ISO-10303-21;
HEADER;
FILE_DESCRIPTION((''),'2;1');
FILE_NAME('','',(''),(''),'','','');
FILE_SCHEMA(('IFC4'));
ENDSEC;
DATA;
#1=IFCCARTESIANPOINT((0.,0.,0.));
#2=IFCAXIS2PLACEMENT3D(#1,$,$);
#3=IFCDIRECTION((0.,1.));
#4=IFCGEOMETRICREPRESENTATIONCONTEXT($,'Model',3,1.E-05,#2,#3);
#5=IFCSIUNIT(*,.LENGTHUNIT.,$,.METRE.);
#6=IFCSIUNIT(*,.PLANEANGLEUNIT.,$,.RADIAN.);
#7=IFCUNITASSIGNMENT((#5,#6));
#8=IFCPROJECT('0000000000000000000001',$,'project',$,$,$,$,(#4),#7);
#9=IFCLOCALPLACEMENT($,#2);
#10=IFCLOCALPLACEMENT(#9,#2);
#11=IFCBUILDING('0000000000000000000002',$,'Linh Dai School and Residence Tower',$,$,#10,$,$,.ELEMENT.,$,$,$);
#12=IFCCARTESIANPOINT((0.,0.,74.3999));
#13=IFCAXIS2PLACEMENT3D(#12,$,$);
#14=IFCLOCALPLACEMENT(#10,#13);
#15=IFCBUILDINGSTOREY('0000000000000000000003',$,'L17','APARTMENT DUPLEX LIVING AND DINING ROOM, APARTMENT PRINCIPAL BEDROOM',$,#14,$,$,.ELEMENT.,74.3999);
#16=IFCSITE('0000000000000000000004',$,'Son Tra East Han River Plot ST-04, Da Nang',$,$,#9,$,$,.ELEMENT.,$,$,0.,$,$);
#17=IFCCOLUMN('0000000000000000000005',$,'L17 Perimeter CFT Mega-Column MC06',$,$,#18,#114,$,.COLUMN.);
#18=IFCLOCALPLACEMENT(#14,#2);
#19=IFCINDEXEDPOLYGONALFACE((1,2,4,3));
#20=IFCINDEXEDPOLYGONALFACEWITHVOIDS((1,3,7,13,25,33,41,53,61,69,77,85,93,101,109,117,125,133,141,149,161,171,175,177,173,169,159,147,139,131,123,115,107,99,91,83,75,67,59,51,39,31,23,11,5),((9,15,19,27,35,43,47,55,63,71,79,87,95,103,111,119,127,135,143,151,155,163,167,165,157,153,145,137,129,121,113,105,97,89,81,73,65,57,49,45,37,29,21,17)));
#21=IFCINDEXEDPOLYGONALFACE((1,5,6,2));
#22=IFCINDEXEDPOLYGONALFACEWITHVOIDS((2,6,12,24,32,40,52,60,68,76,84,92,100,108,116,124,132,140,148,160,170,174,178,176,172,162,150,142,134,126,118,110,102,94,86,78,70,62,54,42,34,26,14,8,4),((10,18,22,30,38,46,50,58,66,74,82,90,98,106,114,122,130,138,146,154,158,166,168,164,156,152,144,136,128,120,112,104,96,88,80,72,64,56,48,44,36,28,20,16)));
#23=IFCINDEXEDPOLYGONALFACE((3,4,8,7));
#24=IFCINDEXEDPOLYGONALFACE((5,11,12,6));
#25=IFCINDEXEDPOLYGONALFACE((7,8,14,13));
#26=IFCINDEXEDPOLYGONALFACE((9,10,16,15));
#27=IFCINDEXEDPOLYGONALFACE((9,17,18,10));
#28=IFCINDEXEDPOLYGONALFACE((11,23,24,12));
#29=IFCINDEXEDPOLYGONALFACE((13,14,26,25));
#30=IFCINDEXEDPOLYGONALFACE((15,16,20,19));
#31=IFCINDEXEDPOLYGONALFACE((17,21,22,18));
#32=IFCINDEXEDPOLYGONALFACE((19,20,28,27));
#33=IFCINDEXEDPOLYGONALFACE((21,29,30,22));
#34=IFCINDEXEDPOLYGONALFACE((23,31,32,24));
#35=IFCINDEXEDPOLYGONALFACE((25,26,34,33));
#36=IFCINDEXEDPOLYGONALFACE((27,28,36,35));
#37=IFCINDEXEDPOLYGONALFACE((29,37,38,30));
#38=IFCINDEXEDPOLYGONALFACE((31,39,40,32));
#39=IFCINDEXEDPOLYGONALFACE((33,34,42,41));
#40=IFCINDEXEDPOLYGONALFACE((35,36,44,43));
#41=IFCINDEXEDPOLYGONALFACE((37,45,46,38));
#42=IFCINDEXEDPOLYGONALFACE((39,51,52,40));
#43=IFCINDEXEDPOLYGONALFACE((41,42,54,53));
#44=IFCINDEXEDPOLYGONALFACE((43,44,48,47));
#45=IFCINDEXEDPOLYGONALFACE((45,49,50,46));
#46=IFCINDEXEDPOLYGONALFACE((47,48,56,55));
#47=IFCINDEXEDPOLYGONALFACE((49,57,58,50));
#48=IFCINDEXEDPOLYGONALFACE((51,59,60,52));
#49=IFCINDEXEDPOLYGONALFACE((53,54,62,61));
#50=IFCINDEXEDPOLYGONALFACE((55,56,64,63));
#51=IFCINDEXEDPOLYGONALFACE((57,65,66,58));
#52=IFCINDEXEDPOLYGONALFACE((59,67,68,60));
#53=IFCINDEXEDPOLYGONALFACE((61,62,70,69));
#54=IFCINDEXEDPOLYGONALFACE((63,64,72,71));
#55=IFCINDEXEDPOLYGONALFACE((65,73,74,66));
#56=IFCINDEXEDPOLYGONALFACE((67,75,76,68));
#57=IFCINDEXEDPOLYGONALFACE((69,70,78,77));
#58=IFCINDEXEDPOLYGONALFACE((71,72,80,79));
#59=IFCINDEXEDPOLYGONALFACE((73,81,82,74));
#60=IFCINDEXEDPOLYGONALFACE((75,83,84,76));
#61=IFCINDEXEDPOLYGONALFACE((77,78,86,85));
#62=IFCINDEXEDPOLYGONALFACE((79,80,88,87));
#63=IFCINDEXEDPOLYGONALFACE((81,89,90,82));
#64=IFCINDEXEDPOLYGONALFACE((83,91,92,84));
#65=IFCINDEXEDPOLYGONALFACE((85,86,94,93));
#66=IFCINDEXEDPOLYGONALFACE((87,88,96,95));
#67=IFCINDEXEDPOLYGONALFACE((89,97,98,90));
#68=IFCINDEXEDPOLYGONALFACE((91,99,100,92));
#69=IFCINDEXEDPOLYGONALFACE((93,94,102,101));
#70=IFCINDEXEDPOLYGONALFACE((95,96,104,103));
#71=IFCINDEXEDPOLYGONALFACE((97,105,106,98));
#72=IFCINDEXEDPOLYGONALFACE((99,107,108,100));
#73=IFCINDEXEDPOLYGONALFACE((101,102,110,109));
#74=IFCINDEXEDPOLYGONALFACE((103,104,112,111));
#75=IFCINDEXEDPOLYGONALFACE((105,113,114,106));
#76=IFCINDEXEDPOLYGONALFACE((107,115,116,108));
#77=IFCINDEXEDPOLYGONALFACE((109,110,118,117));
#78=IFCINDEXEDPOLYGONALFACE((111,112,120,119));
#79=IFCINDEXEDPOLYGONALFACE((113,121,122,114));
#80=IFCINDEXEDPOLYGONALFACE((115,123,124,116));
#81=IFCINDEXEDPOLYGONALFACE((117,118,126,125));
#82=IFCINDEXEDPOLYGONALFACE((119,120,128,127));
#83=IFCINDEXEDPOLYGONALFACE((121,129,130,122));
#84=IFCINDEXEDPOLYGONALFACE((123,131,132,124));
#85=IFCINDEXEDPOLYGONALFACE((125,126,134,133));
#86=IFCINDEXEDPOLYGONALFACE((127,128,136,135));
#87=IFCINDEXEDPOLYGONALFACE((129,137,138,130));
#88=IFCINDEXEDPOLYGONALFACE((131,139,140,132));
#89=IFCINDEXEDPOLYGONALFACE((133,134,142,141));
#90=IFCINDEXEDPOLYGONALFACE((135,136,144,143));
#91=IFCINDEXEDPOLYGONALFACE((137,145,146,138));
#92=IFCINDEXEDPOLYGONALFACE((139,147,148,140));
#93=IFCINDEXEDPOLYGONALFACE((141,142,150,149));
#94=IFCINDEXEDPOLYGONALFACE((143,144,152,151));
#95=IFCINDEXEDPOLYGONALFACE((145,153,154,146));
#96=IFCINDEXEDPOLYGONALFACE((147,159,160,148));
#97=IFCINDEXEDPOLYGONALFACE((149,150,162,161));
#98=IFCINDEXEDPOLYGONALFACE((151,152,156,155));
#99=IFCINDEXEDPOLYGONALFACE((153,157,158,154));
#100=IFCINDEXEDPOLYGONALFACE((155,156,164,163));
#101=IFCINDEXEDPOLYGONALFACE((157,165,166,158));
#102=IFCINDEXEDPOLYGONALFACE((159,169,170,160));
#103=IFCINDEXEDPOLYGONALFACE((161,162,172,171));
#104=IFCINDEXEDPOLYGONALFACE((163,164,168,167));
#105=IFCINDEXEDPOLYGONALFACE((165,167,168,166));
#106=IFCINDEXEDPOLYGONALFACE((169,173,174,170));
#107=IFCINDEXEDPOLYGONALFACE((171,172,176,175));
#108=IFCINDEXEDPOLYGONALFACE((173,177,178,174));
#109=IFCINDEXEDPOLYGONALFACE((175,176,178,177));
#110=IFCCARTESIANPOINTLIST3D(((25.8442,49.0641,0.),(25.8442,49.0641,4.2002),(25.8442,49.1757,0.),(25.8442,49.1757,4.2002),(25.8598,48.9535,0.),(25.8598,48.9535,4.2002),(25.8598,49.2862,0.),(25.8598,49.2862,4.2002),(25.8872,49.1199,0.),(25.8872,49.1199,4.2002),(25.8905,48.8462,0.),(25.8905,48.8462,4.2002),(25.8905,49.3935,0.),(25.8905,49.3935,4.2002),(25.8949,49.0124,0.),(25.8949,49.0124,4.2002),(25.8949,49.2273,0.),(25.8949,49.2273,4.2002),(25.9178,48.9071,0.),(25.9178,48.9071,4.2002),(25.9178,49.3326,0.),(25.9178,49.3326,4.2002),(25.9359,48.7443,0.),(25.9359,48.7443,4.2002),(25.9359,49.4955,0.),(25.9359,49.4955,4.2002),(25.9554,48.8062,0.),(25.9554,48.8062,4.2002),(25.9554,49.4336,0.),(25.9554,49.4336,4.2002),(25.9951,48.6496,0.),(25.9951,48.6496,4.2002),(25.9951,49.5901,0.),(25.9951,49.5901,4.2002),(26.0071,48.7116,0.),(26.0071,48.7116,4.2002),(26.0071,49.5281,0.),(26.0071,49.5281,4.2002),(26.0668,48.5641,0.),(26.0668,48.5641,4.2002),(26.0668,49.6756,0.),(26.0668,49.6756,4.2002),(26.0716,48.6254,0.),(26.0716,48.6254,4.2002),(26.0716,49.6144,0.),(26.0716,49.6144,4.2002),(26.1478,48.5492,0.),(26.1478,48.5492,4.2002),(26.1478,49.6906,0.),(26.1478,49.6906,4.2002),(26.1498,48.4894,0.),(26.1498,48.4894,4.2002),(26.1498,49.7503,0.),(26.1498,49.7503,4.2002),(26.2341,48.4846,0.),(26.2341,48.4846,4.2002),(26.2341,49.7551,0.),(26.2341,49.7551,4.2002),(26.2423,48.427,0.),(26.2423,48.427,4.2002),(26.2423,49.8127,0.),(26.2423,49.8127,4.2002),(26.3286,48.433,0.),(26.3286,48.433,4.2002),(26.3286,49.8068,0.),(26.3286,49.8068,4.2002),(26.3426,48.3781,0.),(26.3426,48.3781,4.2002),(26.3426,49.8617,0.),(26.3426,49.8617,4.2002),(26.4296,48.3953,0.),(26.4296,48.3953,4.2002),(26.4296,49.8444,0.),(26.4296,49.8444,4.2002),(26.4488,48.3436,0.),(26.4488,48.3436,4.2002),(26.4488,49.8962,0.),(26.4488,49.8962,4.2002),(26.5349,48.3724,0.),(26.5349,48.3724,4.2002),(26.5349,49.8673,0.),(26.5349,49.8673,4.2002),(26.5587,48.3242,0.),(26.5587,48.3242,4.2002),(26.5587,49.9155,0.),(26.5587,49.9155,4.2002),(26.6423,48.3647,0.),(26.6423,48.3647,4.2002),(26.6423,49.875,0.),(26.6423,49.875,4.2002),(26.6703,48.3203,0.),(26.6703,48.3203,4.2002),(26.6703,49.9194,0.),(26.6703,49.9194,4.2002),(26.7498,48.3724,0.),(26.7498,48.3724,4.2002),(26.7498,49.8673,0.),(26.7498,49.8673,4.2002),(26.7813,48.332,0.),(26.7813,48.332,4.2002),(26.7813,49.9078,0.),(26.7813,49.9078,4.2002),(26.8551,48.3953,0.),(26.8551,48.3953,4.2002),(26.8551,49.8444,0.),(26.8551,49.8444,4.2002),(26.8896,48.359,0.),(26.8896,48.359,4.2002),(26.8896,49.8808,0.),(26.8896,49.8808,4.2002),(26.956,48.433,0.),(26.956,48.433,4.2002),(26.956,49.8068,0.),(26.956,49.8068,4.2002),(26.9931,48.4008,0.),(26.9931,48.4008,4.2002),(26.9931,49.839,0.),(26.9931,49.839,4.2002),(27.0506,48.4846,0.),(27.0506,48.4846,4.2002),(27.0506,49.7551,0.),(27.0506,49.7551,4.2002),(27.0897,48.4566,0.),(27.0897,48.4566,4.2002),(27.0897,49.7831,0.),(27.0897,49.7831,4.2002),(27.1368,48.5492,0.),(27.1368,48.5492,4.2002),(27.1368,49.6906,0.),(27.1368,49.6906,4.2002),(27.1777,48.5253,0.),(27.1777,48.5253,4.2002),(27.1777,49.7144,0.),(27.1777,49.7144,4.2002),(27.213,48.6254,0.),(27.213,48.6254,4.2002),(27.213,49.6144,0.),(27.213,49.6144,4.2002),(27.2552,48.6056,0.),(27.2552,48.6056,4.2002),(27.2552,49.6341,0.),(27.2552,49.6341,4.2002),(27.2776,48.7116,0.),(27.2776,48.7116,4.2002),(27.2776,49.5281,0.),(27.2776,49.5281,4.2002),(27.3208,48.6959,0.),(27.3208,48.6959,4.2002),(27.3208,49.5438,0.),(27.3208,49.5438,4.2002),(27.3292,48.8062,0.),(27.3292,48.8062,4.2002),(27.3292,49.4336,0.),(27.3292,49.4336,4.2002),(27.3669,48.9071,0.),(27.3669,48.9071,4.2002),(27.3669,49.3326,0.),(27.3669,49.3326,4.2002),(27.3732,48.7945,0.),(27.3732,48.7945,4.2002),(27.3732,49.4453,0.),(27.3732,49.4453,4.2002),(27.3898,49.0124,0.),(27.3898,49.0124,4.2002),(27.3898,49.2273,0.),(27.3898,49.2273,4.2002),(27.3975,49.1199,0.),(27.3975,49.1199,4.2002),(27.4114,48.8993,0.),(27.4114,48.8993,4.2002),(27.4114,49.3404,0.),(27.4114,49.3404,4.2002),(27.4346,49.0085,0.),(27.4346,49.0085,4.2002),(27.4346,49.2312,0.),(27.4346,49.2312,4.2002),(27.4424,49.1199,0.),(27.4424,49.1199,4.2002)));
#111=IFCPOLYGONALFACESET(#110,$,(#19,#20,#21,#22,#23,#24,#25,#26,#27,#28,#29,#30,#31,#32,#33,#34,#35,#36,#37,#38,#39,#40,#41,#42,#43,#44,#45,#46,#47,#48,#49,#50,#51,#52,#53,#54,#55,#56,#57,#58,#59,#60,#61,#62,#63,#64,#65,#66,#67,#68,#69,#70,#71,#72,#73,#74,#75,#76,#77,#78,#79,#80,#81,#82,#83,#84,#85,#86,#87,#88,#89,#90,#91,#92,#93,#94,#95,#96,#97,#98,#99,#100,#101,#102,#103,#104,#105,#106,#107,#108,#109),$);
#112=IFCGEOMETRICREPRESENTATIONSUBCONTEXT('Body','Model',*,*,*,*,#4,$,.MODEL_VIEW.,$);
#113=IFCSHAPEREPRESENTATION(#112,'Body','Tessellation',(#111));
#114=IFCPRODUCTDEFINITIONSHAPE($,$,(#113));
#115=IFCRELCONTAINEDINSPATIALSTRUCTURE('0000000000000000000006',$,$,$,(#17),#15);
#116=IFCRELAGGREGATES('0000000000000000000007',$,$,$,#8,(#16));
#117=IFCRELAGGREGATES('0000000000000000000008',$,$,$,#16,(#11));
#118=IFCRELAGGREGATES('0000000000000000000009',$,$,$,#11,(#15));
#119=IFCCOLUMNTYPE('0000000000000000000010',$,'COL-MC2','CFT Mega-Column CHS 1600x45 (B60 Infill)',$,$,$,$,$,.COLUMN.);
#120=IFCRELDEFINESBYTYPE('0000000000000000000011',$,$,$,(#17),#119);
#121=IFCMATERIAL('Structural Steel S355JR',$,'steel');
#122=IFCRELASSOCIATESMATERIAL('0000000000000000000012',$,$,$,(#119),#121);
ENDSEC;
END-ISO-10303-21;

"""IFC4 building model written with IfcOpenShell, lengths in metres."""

from ifc_helpers import new_model, si_unit, direction, frame, origin, origin_2d, place, context, subcontext, project, spatial, hollow_circle, extrude, material, material_profile, profile_set, type_object, element, save


model = new_model("IFC4")

# Units and contexts
model_context = context("Model", 3, precision=1e-05, world=origin(), true_north=direction((0.0, 1.0)))
body_context = subcontext(model_context, "Body", "Model", "MODEL_VIEW")
ifc_project = project(units=[si_unit("LENGTHUNIT", "METRE"), si_unit("PLANEANGLEUNIT", "RADIAN")], contexts=[model_context])

# Site, building, storey
site_placement = place(None, origin())
site = spatial("IfcSite", under=ifc_project, at=site_placement, Name="Son Tra East Han River Plot ST-04, Da Nang", CompositionType="ELEMENT", RefElevation=0.0)
building_placement = place(site_placement, origin())
building = spatial("IfcBuilding", under=site, at=building_placement, Name="Linh Dai School and Residence Tower", CompositionType="ELEMENT")
storey_placement = place(building_placement, frame((0.0, 0.0, 74.3999)))
storey = spatial("IfcBuildingStorey", under=building, at=storey_placement, Name="L17", Description="APARTMENT DUPLEX LIVING AND DINING ROOM, APARTMENT PRINCIPAL BEDROOM", CompositionType="ELEMENT", Elevation=74.3999)

# Column
ifc_material_1 = material(Name="Structural Steel S355JR", Category="steel")
ifc_material_profile_1 = material_profile(ifc_material_1, hollow_circle(Radius=0.8, WallThickness=0.0449, at=origin_2d()), Name="CHS 1600x45")
ifc_profile_set_1 = profile_set([ifc_material_profile_1], Name="Structural Steel S355JR")
column_type = type_object("IfcColumnType", Name="COL-MC2", Description="CFT Mega-Column CHS 1600x45 (B60 Infill)", PredefinedType="COLUMN", material=ifc_profile_set_1)
for number, where, z_axis, x_axis, name in (
    (1, (26.6423, 49.1199, 0.0), (0.0, 0.0, 1.0), (1.0, 0.0, 0.0), "L17 Perimeter CFT Mega-Column MC06"),
):
    element("IfcColumn", number, at=place(storey_placement, frame(where, z_axis=z_axis, x_axis=x_axis)), inside=storey, type_object=column_type, Name=name, PredefinedType="COLUMN", context=body_context, shape_type="SweptSolid", body=[
        extrude(hollow_circle(Radius=0.8, WallThickness=0.0449, at=origin_2d()), origin(), (0.0, 0.0, 1.0), 4.2002),
    ])

save(model, "model.ifc")
